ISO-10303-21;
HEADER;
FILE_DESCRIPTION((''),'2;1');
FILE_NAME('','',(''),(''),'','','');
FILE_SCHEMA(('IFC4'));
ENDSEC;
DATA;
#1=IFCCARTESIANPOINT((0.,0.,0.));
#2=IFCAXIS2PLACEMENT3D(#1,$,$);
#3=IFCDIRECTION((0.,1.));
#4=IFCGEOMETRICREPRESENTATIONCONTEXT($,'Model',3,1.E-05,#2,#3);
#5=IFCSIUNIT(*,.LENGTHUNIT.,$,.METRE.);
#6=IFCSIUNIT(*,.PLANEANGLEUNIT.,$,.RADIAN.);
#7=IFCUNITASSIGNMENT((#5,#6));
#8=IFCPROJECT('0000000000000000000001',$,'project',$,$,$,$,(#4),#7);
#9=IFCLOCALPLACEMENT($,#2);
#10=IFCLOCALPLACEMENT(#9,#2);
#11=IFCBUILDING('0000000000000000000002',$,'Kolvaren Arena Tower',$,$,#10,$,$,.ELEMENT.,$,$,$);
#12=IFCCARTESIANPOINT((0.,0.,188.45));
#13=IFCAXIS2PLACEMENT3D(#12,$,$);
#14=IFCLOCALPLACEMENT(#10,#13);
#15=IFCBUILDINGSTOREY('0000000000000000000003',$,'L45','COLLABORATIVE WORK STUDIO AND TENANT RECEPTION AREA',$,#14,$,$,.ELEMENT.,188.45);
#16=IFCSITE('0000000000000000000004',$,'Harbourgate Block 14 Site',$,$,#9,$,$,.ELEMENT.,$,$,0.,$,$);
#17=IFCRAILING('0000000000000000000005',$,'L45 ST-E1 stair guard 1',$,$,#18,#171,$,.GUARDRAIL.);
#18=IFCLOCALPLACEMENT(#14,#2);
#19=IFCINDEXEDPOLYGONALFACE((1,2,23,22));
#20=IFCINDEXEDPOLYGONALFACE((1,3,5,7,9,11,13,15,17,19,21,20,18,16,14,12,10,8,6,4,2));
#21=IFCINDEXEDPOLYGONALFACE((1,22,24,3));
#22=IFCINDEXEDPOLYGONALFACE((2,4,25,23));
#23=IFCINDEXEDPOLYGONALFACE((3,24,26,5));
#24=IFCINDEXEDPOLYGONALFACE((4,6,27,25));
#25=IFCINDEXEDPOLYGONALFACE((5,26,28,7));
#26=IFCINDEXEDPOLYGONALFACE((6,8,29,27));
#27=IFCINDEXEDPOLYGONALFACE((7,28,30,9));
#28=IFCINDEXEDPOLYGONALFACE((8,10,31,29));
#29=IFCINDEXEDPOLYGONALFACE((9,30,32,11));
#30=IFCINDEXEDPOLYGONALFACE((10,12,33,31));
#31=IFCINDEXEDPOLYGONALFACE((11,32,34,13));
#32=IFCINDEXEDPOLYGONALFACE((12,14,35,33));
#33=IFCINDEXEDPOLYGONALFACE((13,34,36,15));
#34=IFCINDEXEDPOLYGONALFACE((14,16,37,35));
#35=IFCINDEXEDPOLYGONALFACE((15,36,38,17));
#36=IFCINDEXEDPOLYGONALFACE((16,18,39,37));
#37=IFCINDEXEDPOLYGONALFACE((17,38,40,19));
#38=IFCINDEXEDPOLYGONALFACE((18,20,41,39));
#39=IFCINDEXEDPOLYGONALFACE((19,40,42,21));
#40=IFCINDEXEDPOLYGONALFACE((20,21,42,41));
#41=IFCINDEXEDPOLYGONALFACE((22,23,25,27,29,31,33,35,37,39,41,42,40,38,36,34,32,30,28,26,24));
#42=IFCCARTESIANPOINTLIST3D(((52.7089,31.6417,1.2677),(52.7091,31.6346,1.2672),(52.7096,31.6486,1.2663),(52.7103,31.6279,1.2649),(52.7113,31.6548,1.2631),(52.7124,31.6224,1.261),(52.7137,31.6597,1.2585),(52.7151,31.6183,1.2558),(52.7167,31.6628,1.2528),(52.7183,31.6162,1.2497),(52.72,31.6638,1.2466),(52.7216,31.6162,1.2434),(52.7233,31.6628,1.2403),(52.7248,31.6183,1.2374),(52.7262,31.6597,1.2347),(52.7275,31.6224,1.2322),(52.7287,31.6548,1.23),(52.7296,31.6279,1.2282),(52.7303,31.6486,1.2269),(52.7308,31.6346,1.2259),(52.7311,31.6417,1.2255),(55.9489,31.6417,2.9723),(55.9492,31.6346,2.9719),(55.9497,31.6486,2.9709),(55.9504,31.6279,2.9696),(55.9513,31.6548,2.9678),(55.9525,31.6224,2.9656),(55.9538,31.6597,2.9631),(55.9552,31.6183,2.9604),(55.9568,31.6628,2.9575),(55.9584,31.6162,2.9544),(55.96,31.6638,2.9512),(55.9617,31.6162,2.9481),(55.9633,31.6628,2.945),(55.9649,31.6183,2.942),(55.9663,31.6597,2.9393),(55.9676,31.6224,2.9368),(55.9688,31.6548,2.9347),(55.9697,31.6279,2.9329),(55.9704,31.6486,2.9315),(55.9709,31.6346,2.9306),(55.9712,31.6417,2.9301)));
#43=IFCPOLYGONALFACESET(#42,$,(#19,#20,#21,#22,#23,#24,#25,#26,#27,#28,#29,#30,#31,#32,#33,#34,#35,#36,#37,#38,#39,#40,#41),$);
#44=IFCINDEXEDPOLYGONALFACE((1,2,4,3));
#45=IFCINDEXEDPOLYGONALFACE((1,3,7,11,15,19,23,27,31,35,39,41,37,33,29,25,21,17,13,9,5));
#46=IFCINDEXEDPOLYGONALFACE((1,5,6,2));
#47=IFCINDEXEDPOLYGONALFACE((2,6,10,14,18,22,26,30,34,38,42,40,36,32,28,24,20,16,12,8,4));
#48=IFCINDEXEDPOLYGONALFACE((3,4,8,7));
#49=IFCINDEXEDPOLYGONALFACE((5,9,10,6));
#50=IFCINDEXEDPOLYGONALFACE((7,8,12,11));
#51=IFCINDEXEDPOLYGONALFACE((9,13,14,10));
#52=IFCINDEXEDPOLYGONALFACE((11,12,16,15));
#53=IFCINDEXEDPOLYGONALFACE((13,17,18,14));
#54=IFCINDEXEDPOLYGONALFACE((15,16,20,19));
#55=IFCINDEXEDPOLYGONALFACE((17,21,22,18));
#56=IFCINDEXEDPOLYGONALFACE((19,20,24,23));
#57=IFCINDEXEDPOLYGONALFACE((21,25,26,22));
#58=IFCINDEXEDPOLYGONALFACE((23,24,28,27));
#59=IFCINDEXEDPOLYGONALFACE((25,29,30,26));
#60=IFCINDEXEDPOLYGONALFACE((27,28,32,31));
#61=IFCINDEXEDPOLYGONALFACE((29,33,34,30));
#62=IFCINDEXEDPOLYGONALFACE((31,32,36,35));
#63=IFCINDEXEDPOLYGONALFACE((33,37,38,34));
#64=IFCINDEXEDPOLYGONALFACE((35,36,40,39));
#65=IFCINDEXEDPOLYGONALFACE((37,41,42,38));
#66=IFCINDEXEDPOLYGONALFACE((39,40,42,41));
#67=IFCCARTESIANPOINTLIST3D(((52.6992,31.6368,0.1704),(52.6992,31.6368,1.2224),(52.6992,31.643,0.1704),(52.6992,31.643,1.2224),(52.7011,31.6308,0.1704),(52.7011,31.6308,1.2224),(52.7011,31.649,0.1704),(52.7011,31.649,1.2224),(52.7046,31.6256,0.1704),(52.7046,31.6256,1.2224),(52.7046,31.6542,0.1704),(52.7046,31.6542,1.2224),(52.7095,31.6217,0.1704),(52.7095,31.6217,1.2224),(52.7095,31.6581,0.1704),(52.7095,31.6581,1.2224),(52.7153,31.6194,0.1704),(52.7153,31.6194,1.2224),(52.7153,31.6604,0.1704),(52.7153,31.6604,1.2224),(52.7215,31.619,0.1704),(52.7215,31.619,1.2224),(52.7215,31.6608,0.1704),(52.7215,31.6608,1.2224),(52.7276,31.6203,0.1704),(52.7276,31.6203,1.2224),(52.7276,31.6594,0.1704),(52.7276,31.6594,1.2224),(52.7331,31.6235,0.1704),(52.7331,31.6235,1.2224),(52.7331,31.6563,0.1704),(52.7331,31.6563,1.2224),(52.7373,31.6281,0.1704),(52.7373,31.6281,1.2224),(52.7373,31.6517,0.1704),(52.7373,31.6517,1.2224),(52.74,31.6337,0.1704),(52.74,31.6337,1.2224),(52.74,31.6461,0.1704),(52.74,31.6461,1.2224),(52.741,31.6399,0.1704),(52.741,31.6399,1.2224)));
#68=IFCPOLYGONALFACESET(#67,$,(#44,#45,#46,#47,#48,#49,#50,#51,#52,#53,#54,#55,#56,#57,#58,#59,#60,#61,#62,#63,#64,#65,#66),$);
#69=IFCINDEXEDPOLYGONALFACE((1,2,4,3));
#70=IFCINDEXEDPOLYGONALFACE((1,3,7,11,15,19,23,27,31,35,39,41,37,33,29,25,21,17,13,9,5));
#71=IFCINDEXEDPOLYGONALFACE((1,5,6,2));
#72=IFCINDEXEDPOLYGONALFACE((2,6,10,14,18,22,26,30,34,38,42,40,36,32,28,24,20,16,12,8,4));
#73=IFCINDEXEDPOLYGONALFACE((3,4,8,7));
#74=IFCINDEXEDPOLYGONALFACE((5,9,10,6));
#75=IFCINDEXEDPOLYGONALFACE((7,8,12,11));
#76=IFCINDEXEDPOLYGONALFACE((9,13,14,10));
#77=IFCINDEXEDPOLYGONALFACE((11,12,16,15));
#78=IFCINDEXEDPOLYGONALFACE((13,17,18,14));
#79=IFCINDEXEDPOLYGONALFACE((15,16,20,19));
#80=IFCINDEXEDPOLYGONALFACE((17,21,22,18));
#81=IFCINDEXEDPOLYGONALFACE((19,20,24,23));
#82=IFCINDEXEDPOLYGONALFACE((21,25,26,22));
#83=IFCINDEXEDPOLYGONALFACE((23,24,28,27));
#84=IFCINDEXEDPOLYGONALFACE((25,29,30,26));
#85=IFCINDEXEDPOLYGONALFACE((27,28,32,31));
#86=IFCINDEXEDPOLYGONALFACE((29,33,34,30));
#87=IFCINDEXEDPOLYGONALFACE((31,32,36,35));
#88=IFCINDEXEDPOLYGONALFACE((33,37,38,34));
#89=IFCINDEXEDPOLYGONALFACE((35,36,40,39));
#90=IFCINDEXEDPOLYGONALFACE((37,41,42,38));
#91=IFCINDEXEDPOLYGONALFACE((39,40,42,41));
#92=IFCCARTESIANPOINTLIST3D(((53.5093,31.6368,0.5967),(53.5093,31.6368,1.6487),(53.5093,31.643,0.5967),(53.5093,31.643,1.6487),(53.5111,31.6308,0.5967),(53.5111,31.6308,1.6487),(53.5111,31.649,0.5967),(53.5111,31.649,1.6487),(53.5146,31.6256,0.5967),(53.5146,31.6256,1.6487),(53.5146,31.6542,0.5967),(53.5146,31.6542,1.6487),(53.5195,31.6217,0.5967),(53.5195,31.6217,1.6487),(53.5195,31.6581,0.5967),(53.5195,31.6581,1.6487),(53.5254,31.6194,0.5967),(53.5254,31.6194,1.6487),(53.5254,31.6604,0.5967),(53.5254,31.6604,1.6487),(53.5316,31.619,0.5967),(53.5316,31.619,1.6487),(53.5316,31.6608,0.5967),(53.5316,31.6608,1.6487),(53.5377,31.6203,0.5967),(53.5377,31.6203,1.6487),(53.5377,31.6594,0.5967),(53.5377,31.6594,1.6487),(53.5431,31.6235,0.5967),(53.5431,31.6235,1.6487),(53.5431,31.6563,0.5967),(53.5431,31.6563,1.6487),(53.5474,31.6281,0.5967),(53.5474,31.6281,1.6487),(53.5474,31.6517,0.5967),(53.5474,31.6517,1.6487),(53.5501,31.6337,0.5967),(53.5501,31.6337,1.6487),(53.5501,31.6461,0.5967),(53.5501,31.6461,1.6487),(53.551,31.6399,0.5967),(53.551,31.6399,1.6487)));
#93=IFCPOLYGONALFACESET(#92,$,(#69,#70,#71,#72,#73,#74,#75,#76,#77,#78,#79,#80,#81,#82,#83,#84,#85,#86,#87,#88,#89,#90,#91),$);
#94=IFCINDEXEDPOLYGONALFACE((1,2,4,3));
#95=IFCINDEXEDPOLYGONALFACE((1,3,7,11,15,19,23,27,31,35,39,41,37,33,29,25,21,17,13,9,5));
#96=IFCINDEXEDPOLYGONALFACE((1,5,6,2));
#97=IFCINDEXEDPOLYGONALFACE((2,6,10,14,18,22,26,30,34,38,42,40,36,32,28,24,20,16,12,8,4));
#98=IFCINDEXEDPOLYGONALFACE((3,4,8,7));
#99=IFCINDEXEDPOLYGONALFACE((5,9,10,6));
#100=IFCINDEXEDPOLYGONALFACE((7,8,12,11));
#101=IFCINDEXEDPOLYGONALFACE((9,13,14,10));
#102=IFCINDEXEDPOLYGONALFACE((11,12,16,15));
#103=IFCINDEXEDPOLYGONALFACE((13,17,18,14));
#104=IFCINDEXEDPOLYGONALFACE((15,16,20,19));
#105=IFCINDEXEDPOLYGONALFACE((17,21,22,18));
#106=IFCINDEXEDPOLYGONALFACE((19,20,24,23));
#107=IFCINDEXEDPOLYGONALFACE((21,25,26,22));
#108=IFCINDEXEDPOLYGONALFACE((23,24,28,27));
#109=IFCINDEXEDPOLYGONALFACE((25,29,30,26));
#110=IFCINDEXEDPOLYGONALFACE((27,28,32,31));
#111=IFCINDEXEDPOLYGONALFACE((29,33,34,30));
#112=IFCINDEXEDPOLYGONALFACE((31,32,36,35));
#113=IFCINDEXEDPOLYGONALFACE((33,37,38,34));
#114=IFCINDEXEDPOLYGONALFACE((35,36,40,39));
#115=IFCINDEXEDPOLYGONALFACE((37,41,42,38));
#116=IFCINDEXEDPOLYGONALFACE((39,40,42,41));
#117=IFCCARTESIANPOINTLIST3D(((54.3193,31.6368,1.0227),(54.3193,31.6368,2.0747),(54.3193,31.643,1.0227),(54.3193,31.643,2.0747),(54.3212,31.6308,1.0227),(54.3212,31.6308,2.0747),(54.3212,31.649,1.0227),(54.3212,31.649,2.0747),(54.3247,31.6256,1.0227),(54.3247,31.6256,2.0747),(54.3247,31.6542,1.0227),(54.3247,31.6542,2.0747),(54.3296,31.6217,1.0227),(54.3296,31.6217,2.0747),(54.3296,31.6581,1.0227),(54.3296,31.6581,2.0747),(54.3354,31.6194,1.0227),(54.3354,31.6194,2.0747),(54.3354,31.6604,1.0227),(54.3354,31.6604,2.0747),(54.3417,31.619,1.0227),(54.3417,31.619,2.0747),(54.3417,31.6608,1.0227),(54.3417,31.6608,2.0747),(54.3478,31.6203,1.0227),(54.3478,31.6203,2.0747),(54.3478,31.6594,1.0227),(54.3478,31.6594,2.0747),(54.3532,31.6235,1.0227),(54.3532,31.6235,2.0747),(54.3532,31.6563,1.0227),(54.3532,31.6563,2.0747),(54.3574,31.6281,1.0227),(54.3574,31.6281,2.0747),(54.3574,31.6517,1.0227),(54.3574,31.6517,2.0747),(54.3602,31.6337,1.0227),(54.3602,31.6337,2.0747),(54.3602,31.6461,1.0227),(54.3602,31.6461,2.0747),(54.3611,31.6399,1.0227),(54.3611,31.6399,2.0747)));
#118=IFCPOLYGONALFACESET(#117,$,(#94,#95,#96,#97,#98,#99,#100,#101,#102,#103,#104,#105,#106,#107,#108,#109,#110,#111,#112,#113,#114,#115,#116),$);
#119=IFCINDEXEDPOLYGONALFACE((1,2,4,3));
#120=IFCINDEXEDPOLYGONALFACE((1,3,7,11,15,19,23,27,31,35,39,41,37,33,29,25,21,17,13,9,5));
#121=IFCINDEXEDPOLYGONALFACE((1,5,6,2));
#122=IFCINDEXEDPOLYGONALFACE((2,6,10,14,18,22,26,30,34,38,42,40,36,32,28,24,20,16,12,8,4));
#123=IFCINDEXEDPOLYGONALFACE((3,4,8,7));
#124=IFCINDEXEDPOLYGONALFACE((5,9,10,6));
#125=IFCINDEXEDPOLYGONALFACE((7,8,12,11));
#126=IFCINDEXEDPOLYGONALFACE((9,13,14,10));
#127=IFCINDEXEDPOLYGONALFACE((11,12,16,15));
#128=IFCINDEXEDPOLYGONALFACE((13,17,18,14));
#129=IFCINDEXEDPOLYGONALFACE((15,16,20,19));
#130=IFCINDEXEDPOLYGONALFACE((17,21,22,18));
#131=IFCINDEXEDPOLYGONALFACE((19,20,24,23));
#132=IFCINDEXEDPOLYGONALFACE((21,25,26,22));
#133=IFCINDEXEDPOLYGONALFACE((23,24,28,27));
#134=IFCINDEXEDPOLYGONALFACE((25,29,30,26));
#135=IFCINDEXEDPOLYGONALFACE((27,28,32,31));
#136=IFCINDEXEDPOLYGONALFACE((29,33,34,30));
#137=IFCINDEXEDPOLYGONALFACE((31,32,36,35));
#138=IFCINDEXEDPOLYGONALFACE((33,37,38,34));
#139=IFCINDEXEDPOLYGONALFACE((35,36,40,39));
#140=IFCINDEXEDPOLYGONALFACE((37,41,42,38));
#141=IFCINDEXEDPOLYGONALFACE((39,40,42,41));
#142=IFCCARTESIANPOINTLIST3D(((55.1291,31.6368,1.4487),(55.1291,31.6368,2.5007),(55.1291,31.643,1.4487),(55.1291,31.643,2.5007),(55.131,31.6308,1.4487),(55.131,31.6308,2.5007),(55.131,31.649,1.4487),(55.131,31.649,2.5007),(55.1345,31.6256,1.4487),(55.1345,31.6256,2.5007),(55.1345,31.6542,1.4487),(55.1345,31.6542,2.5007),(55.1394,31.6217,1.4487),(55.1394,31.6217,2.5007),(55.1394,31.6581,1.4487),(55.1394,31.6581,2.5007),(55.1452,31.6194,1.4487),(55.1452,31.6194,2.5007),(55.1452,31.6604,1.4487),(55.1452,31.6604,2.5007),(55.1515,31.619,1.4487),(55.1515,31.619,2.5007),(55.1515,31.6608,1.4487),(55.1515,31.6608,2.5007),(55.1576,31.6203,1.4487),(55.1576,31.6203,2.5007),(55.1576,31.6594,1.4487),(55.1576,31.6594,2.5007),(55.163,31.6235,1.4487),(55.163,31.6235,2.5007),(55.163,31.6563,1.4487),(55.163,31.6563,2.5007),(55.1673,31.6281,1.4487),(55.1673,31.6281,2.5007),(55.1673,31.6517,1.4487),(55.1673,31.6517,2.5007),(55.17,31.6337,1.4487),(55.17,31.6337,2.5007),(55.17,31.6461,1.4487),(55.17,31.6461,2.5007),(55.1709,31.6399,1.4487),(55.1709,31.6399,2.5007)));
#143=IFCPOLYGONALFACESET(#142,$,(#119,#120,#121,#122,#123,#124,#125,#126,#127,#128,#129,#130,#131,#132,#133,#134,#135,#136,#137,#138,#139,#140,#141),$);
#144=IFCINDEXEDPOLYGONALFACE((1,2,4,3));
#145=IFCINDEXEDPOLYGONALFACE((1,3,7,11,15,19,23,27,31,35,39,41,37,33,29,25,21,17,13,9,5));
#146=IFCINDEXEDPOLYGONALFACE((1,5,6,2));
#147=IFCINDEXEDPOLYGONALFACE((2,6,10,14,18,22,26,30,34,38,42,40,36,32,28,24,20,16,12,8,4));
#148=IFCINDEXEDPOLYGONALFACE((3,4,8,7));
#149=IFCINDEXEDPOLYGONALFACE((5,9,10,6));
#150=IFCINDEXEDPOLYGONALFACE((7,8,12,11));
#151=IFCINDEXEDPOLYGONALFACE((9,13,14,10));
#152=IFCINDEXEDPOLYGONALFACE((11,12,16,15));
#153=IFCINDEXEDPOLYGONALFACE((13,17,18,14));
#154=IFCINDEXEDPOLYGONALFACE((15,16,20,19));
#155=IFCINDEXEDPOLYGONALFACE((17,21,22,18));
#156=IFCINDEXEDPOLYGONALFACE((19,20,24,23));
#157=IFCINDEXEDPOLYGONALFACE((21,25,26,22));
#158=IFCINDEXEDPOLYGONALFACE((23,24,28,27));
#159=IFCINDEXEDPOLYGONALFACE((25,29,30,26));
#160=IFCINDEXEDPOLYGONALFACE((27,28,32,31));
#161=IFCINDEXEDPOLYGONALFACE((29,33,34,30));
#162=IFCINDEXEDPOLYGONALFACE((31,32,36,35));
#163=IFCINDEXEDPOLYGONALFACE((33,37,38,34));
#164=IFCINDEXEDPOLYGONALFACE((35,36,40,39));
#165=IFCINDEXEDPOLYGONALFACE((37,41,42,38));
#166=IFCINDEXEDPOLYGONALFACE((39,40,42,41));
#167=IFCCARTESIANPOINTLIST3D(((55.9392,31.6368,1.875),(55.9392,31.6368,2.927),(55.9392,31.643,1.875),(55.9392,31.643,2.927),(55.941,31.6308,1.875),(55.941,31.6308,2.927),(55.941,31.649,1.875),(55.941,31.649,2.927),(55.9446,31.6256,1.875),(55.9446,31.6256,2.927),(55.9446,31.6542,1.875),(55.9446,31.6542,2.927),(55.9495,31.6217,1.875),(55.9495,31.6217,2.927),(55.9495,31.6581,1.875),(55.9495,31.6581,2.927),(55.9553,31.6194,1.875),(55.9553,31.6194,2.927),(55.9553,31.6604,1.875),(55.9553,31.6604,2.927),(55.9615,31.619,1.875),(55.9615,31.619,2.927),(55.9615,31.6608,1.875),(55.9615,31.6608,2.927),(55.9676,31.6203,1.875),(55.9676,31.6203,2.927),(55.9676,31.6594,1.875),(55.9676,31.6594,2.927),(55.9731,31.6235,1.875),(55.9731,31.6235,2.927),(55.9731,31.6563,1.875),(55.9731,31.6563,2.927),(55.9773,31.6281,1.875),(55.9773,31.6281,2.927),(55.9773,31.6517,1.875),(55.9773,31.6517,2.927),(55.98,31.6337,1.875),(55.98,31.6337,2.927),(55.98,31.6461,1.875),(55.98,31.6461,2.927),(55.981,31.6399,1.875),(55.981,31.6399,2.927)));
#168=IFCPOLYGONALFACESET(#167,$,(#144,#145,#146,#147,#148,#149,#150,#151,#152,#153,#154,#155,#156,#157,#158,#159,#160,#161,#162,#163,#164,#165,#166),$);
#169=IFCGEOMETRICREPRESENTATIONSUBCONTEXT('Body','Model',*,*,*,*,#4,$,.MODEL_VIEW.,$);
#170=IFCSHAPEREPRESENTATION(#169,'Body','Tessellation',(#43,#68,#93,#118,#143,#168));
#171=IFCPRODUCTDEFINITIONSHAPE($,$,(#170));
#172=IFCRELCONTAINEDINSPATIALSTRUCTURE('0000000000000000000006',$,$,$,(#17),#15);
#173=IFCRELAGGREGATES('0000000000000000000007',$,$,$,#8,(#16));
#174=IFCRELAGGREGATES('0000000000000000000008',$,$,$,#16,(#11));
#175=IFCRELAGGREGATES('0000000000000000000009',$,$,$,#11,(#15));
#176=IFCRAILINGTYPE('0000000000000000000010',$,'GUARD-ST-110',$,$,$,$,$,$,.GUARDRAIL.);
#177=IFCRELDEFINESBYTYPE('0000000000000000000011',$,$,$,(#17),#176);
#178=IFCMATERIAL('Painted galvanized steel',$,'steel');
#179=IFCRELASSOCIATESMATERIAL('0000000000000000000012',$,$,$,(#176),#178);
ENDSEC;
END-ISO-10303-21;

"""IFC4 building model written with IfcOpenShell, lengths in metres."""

from ifc_helpers import new_model, si_unit, direction, frame, origin, origin_2d, place, context, subcontext, project, spatial, circle, extrude, material, type_object, element, save


model = new_model("IFC4")

# Units and contexts
model_context = context("Model", 3, precision=1e-05, world=origin(), true_north=direction((0.0, 1.0)))
body_context = subcontext(model_context, "Body", "Model", "MODEL_VIEW")
ifc_project = project(units=[si_unit("LENGTHUNIT", "METRE"), si_unit("PLANEANGLEUNIT", "RADIAN")], contexts=[model_context])

# Site, building, storey
site_placement = place(None, origin())
site = spatial("IfcSite", under=ifc_project, at=site_placement, Name="Harbourgate Block 14 Site", CompositionType="ELEMENT", RefElevation=0.0)
building_placement = place(site_placement, origin())
building = spatial("IfcBuilding", under=site, at=building_placement, Name="Kolvaren Arena Tower", CompositionType="ELEMENT")
storey_placement = place(building_placement, frame((0.0, 0.0, 188.45)))
storey = spatial("IfcBuildingStorey", under=building, at=storey_placement, Name="L45", Description="COLLABORATIVE WORK STUDIO AND TENANT RECEPTION AREA", CompositionType="ELEMENT", Elevation=188.45)

# Railing
ifc_material_1 = material(Name="Painted galvanized steel", Category="steel")
railing_type_1 = type_object("IfcRailingType", Name="GUARD-ST-110", PredefinedType="GUARDRAIL", material=ifc_material_1)
railing_1_placement = place(storey_placement, frame((52.72, 31.6399, 0.1704)))
element("IfcRailing", 1, at=railing_1_placement, inside=storey, type_object=railing_type_1, Name="L45 ST-E1 stair guard 1", PredefinedType="GUARDRAIL", context=body_context, shape_type="SweptSolid", body=[
    extrude(circle(Radius=0.0239, at=origin_2d()), frame((0.0, 0.0, 1.0762), z_axis=(0.884993, 0.0, 0.465604), x_axis=(0.0, 1.0, 0.0)), (0.0, 0.0, 1.0), 3.6611),
    extrude(circle(Radius=0.021, at=origin_2d()), origin(), (0.0, 0.0, 1.0), 1.052),
    extrude(circle(Radius=0.021, at=origin_2d()), frame((0.8101, 0.0, 0.4263)), (0.0, 0.0, 1.0), 1.052),
    extrude(circle(Radius=0.021, at=origin_2d()), frame((1.6201, 0.0, 0.8523)), (0.0, 0.0, 1.0), 1.052),
    extrude(circle(Radius=0.021, at=origin_2d()), frame((2.4299, 0.0, 1.2783)), (0.0, 0.0, 1.0), 1.052),
    extrude(circle(Radius=0.021, at=origin_2d()), frame((3.24, 0.0, 1.7046)), (0.0, 0.0, 1.0), 1.052),
])

save(model, "model.ifc")
